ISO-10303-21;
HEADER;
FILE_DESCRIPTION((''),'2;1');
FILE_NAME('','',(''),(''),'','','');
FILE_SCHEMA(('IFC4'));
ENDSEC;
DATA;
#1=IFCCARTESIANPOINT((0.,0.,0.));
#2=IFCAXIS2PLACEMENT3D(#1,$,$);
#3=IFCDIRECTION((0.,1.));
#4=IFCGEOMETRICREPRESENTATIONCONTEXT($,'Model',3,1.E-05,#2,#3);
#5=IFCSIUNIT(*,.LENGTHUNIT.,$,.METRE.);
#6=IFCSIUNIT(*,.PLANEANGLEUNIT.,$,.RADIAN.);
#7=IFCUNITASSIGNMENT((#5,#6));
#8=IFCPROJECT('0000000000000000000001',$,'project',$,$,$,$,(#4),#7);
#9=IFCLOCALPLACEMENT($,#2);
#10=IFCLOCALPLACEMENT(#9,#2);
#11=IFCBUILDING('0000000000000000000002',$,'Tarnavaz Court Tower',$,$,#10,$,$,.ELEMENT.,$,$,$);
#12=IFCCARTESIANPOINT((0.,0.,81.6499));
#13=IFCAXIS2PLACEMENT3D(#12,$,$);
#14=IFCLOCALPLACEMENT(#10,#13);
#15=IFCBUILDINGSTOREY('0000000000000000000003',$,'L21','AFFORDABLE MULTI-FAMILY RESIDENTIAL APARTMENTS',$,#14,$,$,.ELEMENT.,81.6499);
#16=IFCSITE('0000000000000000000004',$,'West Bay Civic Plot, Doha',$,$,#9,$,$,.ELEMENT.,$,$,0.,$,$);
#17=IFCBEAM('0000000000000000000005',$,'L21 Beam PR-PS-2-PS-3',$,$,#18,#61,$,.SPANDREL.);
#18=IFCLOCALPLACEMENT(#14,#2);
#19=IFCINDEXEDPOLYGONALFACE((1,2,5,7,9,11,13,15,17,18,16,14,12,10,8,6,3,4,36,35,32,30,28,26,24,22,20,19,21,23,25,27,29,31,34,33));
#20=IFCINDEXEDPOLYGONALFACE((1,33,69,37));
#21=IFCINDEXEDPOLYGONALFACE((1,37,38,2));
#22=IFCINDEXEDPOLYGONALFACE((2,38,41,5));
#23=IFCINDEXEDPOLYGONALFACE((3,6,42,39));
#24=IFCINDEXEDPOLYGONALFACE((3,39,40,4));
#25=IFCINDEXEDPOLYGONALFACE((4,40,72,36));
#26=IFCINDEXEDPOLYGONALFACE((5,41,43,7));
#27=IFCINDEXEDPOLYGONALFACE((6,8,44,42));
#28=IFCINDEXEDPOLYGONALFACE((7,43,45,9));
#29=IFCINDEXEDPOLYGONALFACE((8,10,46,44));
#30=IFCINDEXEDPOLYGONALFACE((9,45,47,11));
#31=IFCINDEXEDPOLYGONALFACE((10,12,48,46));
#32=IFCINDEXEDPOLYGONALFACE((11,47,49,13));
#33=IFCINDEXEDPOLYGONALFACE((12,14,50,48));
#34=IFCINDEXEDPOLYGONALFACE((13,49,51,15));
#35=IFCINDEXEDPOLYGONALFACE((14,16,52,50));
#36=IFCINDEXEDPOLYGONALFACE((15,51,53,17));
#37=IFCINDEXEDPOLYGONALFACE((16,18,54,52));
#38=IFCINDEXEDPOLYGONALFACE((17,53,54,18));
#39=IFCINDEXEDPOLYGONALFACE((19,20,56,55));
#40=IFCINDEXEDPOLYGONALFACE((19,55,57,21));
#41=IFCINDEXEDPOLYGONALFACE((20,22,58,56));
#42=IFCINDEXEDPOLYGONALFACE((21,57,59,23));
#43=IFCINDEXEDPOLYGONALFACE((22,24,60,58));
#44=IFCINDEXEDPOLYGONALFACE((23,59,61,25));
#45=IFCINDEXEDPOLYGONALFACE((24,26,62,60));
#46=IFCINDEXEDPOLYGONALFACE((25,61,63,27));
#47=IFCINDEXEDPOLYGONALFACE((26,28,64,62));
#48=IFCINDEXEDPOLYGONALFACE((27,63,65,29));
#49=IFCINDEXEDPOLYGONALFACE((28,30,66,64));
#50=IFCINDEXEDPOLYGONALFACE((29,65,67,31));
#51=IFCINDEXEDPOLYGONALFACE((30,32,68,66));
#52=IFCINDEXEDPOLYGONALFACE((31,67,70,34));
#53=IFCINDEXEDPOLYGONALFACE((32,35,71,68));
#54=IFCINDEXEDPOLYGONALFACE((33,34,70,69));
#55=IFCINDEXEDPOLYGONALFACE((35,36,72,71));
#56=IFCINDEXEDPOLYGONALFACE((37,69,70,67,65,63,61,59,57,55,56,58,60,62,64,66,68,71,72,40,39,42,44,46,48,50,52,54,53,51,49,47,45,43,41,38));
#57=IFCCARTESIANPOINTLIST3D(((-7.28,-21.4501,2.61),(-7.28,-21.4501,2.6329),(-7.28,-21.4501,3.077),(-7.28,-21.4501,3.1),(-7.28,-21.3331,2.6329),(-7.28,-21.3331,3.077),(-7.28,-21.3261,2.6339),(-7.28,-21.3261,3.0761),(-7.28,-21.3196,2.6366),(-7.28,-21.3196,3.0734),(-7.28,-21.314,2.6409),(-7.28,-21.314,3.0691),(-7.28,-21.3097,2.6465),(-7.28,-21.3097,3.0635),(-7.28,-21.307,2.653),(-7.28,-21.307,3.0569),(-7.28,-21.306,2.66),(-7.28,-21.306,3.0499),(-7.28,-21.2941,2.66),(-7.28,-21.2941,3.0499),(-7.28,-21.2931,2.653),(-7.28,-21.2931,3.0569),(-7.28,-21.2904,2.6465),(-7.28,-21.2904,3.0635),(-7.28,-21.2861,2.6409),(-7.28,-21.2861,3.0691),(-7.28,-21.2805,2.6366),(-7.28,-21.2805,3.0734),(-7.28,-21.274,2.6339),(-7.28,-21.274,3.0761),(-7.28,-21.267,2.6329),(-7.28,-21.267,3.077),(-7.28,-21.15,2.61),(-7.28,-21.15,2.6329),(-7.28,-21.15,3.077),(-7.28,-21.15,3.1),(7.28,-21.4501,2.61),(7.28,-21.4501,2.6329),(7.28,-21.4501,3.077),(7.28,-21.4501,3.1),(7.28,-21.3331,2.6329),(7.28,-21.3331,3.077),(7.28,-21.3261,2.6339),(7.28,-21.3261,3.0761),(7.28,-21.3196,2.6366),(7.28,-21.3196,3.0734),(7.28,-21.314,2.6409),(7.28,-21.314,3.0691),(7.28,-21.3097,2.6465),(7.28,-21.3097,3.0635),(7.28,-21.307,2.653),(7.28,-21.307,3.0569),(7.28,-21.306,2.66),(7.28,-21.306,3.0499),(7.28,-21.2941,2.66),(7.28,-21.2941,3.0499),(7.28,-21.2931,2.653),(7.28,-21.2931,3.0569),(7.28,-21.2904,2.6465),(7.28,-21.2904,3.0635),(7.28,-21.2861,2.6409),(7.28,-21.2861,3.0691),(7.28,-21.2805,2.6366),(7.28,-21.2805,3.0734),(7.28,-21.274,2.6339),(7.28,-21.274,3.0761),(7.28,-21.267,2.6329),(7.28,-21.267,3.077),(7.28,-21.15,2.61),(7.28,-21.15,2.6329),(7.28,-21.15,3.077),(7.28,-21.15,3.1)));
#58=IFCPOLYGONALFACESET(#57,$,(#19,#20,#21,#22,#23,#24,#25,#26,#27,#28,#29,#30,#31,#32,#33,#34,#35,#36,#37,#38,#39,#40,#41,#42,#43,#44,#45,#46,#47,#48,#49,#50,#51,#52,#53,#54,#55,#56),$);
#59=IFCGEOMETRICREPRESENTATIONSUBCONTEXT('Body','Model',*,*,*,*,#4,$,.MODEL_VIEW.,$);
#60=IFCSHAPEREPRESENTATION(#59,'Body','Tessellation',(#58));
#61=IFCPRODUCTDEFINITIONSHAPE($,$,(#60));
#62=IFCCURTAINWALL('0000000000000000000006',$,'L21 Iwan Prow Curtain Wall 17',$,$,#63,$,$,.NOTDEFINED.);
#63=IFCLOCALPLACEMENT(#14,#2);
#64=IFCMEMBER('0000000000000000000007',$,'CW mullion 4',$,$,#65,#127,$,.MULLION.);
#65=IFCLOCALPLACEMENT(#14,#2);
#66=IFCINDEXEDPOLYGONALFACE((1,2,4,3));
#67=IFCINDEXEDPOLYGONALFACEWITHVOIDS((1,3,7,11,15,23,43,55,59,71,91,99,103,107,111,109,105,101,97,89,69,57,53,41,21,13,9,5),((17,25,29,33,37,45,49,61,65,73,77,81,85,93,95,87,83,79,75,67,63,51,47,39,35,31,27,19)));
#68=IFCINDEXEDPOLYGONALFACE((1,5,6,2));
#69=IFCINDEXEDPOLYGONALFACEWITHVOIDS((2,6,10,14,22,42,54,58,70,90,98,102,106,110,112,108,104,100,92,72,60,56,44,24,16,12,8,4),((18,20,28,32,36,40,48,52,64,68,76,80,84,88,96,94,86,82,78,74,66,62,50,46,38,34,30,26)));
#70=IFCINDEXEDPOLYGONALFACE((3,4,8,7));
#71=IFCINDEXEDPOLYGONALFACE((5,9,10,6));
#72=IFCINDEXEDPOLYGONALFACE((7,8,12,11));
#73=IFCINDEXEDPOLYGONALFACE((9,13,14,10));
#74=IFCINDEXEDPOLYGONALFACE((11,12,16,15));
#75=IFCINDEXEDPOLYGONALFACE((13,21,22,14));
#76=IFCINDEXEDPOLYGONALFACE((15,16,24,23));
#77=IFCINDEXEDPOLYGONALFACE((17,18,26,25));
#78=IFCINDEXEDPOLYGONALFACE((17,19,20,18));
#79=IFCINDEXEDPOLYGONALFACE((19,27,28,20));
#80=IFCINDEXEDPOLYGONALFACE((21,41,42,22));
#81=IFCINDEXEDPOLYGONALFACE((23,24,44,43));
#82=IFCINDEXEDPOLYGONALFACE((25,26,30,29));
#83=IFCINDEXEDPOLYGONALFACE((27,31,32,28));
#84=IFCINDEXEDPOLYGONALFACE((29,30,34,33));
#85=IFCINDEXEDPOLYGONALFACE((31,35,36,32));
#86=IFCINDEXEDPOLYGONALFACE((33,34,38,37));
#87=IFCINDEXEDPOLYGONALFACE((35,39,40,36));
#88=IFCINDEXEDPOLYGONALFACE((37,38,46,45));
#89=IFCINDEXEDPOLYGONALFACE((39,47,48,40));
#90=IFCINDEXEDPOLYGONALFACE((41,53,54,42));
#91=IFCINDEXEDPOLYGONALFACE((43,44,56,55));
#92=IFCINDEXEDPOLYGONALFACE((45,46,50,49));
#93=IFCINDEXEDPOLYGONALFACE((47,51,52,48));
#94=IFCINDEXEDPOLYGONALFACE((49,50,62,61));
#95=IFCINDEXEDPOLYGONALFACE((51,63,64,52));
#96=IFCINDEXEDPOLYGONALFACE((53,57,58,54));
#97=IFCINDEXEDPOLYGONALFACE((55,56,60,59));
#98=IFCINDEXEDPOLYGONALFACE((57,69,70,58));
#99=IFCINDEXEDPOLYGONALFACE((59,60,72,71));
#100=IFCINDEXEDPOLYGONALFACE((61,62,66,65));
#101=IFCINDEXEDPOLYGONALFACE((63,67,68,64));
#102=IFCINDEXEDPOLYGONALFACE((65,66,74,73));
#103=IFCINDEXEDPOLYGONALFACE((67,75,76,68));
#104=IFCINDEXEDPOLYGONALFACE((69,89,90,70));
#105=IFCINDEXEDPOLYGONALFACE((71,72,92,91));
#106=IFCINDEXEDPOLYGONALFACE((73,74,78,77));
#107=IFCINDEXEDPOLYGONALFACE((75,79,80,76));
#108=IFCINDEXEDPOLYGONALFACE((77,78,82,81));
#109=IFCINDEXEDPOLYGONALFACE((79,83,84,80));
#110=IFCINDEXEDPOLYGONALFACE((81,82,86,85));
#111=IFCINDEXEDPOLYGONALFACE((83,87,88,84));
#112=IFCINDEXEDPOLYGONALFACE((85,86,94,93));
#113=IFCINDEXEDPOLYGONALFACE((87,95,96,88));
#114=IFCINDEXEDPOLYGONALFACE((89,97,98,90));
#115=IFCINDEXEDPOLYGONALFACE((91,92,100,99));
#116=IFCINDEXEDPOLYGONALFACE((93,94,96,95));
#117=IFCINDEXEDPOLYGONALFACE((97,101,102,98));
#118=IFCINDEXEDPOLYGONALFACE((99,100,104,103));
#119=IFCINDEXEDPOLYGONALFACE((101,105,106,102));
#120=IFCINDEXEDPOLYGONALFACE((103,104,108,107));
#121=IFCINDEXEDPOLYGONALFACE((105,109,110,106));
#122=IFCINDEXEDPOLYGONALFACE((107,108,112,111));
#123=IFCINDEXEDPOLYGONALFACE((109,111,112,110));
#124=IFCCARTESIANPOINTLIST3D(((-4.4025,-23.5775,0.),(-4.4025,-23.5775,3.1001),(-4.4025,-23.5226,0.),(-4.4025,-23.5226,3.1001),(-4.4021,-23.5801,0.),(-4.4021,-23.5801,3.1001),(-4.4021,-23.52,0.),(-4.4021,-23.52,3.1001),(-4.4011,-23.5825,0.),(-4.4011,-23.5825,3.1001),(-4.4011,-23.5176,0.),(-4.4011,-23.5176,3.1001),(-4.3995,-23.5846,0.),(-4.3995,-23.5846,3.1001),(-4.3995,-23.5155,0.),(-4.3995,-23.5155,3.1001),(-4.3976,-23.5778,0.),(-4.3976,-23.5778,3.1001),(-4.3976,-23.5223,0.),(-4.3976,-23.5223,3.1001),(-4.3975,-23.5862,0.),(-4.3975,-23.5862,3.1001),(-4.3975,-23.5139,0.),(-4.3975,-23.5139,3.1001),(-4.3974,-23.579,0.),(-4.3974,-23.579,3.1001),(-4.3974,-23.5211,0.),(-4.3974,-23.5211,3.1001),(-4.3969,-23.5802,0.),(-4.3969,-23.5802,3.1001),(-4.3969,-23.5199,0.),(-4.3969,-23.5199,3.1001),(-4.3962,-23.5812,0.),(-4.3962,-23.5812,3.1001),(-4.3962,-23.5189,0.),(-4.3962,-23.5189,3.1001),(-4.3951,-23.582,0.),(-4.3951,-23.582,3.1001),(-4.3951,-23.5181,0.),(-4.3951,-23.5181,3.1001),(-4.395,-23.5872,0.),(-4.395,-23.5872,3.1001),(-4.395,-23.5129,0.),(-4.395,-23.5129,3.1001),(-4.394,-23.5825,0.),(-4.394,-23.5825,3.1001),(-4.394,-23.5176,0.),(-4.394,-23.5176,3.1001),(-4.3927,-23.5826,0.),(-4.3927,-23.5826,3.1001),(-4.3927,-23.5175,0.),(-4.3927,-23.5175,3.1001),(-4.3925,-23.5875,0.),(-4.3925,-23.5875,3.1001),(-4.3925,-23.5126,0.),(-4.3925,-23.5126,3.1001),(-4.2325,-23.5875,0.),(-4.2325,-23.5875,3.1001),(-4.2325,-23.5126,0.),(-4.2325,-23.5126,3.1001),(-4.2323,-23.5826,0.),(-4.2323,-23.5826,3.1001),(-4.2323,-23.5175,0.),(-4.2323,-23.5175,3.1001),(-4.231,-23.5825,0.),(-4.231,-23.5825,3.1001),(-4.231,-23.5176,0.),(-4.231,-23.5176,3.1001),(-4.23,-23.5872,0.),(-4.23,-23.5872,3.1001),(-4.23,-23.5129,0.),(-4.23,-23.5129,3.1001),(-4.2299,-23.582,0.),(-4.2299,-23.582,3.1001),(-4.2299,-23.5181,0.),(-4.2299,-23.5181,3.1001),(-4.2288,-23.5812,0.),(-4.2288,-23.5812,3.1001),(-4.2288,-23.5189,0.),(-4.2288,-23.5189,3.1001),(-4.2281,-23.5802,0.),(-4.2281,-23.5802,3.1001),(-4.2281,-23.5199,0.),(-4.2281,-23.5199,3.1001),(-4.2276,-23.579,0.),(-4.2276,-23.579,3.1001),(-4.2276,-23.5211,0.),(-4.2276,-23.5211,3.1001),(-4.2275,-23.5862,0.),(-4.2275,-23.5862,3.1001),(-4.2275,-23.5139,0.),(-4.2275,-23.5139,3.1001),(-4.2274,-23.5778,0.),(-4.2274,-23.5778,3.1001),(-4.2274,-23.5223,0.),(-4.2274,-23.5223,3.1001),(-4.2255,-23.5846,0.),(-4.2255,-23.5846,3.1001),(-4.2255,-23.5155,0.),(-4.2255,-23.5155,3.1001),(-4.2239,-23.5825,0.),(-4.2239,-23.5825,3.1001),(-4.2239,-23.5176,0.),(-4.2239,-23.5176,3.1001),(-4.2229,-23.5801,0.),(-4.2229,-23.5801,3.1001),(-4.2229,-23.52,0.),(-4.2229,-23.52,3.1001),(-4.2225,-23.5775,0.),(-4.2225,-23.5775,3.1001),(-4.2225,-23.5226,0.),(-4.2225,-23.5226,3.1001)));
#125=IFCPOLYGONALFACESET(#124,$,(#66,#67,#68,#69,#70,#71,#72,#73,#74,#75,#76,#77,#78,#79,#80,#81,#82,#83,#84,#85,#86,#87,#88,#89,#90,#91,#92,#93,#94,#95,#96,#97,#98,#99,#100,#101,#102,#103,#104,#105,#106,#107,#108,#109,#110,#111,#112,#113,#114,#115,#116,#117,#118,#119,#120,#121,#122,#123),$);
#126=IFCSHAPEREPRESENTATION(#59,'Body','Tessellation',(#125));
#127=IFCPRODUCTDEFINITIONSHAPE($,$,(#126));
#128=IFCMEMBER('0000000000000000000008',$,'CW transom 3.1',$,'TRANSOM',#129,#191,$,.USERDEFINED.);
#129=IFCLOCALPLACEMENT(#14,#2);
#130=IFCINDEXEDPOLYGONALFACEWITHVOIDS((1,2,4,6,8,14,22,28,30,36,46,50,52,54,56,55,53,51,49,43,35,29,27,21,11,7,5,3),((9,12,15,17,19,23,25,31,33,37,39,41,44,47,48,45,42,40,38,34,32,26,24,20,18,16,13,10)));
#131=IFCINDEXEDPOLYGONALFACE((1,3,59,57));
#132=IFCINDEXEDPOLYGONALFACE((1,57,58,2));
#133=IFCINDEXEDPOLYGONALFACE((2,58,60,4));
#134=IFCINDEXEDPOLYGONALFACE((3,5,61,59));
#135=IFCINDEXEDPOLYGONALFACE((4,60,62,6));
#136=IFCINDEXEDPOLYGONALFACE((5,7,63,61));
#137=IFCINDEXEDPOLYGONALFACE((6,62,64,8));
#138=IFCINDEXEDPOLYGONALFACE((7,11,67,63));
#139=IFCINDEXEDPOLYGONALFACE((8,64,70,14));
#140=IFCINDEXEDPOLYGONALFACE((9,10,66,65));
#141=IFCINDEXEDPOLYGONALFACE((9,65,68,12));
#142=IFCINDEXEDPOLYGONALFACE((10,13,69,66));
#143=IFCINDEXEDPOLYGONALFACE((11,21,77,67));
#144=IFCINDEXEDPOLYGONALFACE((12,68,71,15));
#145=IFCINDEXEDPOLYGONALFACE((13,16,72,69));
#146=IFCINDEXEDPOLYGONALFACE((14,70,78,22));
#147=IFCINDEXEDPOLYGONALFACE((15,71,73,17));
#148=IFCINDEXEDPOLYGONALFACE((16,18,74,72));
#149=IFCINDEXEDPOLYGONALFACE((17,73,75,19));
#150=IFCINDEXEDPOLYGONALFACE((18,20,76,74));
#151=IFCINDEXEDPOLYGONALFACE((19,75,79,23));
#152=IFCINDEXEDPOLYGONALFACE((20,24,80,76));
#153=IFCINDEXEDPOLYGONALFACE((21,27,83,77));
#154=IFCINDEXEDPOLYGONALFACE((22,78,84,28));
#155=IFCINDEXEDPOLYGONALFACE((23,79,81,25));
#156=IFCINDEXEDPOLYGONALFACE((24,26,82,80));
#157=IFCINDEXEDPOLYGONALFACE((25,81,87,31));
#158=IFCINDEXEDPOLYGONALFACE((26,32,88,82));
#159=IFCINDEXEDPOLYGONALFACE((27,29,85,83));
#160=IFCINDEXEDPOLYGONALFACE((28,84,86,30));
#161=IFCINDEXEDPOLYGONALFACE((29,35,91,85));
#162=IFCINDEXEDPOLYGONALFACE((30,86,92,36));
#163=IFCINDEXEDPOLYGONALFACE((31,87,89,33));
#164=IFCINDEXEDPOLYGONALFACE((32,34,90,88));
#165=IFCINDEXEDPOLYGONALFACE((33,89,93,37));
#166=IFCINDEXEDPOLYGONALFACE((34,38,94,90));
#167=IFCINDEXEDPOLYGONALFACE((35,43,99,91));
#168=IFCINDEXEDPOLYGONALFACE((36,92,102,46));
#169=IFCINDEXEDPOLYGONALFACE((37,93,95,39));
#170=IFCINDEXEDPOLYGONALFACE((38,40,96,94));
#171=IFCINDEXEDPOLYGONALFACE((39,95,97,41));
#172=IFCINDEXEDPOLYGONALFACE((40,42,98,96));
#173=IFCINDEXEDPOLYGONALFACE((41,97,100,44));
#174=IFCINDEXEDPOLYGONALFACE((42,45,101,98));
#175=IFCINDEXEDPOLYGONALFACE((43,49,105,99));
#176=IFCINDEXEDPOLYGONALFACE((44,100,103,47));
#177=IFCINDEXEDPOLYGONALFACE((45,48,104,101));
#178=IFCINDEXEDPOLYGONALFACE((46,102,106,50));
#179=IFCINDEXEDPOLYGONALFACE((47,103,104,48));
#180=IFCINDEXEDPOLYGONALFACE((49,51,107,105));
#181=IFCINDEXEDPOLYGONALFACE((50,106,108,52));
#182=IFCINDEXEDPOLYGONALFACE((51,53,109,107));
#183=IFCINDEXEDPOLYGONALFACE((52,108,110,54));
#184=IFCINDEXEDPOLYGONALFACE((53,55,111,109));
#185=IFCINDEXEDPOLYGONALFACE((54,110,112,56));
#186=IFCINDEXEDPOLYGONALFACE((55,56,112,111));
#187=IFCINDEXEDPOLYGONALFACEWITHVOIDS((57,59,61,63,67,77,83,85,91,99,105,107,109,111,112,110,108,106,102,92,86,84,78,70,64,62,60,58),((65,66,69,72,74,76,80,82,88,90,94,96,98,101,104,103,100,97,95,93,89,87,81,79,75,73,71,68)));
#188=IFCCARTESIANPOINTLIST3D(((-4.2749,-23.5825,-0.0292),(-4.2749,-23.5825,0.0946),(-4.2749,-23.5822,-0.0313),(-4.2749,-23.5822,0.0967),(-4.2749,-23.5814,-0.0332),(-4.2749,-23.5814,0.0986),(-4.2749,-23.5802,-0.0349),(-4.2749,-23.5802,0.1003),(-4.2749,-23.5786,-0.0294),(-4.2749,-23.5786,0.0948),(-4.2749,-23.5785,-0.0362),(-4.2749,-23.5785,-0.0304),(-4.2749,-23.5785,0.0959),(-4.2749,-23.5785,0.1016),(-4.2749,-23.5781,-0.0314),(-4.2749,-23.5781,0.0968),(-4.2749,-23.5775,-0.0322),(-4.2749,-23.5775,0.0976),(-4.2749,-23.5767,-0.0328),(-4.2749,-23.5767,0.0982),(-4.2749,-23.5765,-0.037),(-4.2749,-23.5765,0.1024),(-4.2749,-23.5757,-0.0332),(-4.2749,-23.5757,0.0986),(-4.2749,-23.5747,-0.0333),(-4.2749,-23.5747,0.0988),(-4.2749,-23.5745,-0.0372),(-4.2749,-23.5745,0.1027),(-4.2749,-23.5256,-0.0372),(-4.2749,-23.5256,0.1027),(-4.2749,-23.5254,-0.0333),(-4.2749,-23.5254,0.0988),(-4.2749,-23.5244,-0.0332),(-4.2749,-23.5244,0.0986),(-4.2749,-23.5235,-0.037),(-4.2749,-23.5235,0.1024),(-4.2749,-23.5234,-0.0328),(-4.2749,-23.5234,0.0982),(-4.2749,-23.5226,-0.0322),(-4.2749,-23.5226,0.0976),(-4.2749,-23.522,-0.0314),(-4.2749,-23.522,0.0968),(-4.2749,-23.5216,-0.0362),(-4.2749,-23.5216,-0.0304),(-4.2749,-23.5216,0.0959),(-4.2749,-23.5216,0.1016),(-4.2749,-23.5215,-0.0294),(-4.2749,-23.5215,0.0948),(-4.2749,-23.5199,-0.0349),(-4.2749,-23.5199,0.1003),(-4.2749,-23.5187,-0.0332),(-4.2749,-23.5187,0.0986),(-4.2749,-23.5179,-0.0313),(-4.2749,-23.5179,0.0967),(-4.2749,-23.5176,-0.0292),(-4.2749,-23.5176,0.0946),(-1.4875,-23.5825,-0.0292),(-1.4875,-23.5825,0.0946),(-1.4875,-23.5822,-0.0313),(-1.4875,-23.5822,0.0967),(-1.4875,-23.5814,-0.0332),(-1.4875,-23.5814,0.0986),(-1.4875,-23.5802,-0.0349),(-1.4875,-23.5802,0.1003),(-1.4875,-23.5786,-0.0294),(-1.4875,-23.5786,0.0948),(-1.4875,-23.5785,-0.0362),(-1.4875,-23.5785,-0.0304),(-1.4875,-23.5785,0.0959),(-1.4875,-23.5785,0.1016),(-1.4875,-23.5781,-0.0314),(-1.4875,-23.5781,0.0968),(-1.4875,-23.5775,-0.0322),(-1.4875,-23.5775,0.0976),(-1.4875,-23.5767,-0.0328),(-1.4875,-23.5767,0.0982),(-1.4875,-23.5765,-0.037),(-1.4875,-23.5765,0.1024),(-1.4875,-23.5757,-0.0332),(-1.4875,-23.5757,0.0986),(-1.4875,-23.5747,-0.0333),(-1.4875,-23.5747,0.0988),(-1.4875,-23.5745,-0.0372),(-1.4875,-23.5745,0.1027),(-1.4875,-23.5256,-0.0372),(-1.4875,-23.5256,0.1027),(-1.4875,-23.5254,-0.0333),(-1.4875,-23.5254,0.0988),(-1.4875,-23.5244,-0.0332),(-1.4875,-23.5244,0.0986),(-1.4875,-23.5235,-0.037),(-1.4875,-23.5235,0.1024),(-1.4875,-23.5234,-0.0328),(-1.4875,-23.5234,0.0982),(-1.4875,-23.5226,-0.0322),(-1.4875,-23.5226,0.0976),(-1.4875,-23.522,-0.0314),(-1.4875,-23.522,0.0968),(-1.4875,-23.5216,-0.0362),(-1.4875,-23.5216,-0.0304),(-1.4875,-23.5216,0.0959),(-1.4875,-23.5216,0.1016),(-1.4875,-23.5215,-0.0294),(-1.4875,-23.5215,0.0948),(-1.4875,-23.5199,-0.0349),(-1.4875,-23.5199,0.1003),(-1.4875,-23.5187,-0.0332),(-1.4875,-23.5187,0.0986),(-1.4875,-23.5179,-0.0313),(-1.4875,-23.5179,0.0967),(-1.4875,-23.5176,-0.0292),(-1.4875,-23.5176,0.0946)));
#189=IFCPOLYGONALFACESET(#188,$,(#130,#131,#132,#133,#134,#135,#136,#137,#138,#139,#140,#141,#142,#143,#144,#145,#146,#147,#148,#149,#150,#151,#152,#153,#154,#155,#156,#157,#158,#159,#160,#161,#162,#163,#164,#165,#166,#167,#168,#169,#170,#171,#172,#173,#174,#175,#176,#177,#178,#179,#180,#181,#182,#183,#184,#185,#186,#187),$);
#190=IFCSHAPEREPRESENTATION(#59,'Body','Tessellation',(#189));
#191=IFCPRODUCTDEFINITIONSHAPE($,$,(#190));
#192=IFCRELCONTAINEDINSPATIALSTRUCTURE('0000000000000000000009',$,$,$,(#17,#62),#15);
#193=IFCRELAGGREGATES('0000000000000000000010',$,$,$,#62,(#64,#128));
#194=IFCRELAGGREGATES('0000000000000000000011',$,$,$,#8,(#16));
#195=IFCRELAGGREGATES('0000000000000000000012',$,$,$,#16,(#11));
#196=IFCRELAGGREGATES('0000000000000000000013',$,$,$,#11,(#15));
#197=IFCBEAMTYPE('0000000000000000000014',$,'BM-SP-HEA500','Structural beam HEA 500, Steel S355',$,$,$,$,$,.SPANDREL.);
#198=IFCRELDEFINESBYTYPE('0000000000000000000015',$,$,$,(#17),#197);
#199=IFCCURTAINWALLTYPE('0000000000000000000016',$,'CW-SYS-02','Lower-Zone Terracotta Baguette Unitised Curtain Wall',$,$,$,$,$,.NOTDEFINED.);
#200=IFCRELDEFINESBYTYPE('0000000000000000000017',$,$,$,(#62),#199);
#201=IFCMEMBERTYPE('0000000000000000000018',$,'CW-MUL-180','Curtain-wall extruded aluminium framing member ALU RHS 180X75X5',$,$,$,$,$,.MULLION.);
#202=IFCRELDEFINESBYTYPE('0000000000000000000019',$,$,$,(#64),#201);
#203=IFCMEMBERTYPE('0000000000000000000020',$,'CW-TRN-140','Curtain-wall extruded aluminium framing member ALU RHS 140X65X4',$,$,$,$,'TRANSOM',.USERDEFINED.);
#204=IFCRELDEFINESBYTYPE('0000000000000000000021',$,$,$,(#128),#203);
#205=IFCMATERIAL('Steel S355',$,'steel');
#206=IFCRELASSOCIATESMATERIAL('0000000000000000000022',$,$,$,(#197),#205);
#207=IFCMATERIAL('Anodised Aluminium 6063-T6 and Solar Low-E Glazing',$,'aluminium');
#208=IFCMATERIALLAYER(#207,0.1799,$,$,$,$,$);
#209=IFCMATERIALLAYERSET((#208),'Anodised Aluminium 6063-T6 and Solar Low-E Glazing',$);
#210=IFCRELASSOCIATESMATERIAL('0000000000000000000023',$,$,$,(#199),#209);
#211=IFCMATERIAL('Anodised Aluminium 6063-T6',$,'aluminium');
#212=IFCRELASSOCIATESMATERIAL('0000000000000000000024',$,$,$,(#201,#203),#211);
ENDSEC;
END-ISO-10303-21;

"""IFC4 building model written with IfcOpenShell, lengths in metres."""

from ifc_helpers import new_model, si_unit, direction, frame, origin, origin_2d, place, context, subcontext, project, spatial, hollow_rectangle, i_section, extrude, material, layer, layer_set, material_profile, profile_set, type_object, element, aggregate, save


model = new_model("IFC4")

# Units and contexts
model_context = context("Model", 3, precision=1e-05, world=origin(), true_north=direction((0.0, 1.0)))
body_context = subcontext(model_context, "Body", "Model", "MODEL_VIEW")
ifc_project = project(units=[si_unit("LENGTHUNIT", "METRE"), si_unit("PLANEANGLEUNIT", "RADIAN")], contexts=[model_context])

# Site, building, storey
site_placement = place(None, origin())
site = spatial("IfcSite", under=ifc_project, at=site_placement, Name="West Bay Civic Plot, Doha", CompositionType="ELEMENT", RefElevation=0.0)
building_placement = place(site_placement, origin())
building = spatial("IfcBuilding", under=site, at=building_placement, Name="Tarnavaz Court Tower", CompositionType="ELEMENT")
storey_placement = place(building_placement, frame((0.0, 0.0, 81.6499)))
storey = spatial("IfcBuildingStorey", under=building, at=storey_placement, Name="L21", Description="AFFORDABLE MULTI-FAMILY RESIDENTIAL APARTMENTS", CompositionType="ELEMENT", Elevation=81.6499)

# Beam
ifc_material_1 = material(Name="Steel S355", Category="steel")
ifc_material_profile_1 = material_profile(ifc_material_1, i_section(OverallWidth=0.3, OverallDepth=0.49, WebThickness=0.012, FlangeThickness=0.0229, FilletRadius=0.0271, at=origin_2d()), Name="HEA 500")
ifc_profile_set_1 = profile_set([ifc_material_profile_1], Name="Steel S355")
beam_type_1 = type_object("IfcBeamType", Name="BM-SP-HEA500", Description="Structural beam HEA 500, Steel S355", PredefinedType="SPANDREL", material=ifc_profile_set_1)
beam_1_placement = place(storey_placement, frame((-7.28, -21.3, 2.855), z_axis=(1.0, 0.0, 0.0), x_axis=(0.0, 1.0, 0.0)))
element("IfcBeam", 1, at=beam_1_placement, inside=storey, type_object=beam_type_1, Name="L21 Beam PR-PS-2-PS-3", PredefinedType="SPANDREL", context=body_context, shape_type="SweptSolid", body=[
    extrude(i_section(OverallWidth=0.3, OverallDepth=0.49, WebThickness=0.012, FlangeThickness=0.0229, FilletRadius=0.0271, at=origin_2d()), origin(), (0.0, 0.0, 1.0), 14.5601),
])

# Curtain wall, members
ifc_material_2 = material(Name="Anodised Aluminium 6063-T6 and Solar Low-E Glazing", Category="aluminium")
ifc_layer_1 = layer(ifc_material_2, 0.1799)
ifc_layer_set_1 = layer_set([ifc_layer_1], Name="Anodised Aluminium 6063-T6 and Solar Low-E Glazing")
curtain_wall_type = type_object("IfcCurtainWallType", Name="CW-SYS-02", Description="Lower-Zone Terracotta Baguette Unitised Curtain Wall", PredefinedType="NOTDEFINED", material=ifc_layer_set_1)
curtain_wall_placement = place(storey_placement, origin())
curtain_wall = element("IfcCurtainWall", 2, at=curtain_wall_placement, inside=storey, type_object=curtain_wall_type, Name="L21 Iwan Prow Curtain Wall 17", PredefinedType="NOTDEFINED")
ifc_material_3 = material(Name="Anodised Aluminium 6063-T6", Category="aluminium")
ifc_material_profile_2 = material_profile(ifc_material_3, hollow_rectangle(XDim=0.075, YDim=0.1799, WallThickness=0.0049, InnerFilletRadius=0.0049, OuterFilletRadius=0.01, at=origin_2d()), Name="ALU RHS 180X75X5")
ifc_profile_set_2 = profile_set([ifc_material_profile_2], Name="Anodised Aluminium 6063-T6")
member_type_1 = type_object("IfcMemberType", Name="CW-MUL-180", Description="Curtain-wall extruded aluminium framing member ALU RHS 180X75X5", PredefinedType="MULLION", material=ifc_profile_set_2)
member_1_placement = place(storey_placement, frame((-4.3125, -23.55, 0.0), z_axis=(0.0, 0.0, 1.0), x_axis=(0.0, -1.0, 0.0)))
member_1 = element("IfcMember", 3, at=member_1_placement, type_object=member_type_1, Name="CW mullion 4", PredefinedType="MULLION", context=body_context, shape_type="SweptSolid", body=[
    extrude(hollow_rectangle(XDim=0.075, YDim=0.1799, WallThickness=0.0049, InnerFilletRadius=0.0049, OuterFilletRadius=0.01, at=origin_2d()), origin(), (0.0, 0.0, 1.0), 3.1001),
])
ifc_material_profile_3 = material_profile(ifc_material_3, hollow_rectangle(XDim=0.0649, YDim=0.1399, WallThickness=0.0039, InnerFilletRadius=0.0039, OuterFilletRadius=0.0081, at=origin_2d()), Name="ALU RHS 140X65X4")
ifc_profile_set_3 = profile_set([ifc_material_profile_3], Name="Anodised Aluminium 6063-T6")
member_type_2 = type_object("IfcMemberType", Name="CW-TRN-140", Description="Curtain-wall extruded aluminium framing member ALU RHS 140X65X4", ElementType="TRANSOM", PredefinedType="USERDEFINED", material=ifc_profile_set_3)
member_2_placement = place(storey_placement, frame((-1.4875, -23.55, 0.0327), z_axis=(-1.0, 0.0, 0.0), x_axis=(0.0, -1.0, 0.0)))
member_2 = element("IfcMember", 4, at=member_2_placement, type_object=member_type_2, Name="CW transom 3.1", ObjectType="TRANSOM", PredefinedType="USERDEFINED", context=body_context, shape_type="SweptSolid", body=[
    extrude(hollow_rectangle(XDim=0.0649, YDim=0.1399, WallThickness=0.0039, InnerFilletRadius=0.0039, OuterFilletRadius=0.0081, at=origin_2d()), origin(), (0.0, 0.0, 1.0), 2.7874),
])
aggregate(curtain_wall, [member_1, member_2])

save(model, "model.ifc")
